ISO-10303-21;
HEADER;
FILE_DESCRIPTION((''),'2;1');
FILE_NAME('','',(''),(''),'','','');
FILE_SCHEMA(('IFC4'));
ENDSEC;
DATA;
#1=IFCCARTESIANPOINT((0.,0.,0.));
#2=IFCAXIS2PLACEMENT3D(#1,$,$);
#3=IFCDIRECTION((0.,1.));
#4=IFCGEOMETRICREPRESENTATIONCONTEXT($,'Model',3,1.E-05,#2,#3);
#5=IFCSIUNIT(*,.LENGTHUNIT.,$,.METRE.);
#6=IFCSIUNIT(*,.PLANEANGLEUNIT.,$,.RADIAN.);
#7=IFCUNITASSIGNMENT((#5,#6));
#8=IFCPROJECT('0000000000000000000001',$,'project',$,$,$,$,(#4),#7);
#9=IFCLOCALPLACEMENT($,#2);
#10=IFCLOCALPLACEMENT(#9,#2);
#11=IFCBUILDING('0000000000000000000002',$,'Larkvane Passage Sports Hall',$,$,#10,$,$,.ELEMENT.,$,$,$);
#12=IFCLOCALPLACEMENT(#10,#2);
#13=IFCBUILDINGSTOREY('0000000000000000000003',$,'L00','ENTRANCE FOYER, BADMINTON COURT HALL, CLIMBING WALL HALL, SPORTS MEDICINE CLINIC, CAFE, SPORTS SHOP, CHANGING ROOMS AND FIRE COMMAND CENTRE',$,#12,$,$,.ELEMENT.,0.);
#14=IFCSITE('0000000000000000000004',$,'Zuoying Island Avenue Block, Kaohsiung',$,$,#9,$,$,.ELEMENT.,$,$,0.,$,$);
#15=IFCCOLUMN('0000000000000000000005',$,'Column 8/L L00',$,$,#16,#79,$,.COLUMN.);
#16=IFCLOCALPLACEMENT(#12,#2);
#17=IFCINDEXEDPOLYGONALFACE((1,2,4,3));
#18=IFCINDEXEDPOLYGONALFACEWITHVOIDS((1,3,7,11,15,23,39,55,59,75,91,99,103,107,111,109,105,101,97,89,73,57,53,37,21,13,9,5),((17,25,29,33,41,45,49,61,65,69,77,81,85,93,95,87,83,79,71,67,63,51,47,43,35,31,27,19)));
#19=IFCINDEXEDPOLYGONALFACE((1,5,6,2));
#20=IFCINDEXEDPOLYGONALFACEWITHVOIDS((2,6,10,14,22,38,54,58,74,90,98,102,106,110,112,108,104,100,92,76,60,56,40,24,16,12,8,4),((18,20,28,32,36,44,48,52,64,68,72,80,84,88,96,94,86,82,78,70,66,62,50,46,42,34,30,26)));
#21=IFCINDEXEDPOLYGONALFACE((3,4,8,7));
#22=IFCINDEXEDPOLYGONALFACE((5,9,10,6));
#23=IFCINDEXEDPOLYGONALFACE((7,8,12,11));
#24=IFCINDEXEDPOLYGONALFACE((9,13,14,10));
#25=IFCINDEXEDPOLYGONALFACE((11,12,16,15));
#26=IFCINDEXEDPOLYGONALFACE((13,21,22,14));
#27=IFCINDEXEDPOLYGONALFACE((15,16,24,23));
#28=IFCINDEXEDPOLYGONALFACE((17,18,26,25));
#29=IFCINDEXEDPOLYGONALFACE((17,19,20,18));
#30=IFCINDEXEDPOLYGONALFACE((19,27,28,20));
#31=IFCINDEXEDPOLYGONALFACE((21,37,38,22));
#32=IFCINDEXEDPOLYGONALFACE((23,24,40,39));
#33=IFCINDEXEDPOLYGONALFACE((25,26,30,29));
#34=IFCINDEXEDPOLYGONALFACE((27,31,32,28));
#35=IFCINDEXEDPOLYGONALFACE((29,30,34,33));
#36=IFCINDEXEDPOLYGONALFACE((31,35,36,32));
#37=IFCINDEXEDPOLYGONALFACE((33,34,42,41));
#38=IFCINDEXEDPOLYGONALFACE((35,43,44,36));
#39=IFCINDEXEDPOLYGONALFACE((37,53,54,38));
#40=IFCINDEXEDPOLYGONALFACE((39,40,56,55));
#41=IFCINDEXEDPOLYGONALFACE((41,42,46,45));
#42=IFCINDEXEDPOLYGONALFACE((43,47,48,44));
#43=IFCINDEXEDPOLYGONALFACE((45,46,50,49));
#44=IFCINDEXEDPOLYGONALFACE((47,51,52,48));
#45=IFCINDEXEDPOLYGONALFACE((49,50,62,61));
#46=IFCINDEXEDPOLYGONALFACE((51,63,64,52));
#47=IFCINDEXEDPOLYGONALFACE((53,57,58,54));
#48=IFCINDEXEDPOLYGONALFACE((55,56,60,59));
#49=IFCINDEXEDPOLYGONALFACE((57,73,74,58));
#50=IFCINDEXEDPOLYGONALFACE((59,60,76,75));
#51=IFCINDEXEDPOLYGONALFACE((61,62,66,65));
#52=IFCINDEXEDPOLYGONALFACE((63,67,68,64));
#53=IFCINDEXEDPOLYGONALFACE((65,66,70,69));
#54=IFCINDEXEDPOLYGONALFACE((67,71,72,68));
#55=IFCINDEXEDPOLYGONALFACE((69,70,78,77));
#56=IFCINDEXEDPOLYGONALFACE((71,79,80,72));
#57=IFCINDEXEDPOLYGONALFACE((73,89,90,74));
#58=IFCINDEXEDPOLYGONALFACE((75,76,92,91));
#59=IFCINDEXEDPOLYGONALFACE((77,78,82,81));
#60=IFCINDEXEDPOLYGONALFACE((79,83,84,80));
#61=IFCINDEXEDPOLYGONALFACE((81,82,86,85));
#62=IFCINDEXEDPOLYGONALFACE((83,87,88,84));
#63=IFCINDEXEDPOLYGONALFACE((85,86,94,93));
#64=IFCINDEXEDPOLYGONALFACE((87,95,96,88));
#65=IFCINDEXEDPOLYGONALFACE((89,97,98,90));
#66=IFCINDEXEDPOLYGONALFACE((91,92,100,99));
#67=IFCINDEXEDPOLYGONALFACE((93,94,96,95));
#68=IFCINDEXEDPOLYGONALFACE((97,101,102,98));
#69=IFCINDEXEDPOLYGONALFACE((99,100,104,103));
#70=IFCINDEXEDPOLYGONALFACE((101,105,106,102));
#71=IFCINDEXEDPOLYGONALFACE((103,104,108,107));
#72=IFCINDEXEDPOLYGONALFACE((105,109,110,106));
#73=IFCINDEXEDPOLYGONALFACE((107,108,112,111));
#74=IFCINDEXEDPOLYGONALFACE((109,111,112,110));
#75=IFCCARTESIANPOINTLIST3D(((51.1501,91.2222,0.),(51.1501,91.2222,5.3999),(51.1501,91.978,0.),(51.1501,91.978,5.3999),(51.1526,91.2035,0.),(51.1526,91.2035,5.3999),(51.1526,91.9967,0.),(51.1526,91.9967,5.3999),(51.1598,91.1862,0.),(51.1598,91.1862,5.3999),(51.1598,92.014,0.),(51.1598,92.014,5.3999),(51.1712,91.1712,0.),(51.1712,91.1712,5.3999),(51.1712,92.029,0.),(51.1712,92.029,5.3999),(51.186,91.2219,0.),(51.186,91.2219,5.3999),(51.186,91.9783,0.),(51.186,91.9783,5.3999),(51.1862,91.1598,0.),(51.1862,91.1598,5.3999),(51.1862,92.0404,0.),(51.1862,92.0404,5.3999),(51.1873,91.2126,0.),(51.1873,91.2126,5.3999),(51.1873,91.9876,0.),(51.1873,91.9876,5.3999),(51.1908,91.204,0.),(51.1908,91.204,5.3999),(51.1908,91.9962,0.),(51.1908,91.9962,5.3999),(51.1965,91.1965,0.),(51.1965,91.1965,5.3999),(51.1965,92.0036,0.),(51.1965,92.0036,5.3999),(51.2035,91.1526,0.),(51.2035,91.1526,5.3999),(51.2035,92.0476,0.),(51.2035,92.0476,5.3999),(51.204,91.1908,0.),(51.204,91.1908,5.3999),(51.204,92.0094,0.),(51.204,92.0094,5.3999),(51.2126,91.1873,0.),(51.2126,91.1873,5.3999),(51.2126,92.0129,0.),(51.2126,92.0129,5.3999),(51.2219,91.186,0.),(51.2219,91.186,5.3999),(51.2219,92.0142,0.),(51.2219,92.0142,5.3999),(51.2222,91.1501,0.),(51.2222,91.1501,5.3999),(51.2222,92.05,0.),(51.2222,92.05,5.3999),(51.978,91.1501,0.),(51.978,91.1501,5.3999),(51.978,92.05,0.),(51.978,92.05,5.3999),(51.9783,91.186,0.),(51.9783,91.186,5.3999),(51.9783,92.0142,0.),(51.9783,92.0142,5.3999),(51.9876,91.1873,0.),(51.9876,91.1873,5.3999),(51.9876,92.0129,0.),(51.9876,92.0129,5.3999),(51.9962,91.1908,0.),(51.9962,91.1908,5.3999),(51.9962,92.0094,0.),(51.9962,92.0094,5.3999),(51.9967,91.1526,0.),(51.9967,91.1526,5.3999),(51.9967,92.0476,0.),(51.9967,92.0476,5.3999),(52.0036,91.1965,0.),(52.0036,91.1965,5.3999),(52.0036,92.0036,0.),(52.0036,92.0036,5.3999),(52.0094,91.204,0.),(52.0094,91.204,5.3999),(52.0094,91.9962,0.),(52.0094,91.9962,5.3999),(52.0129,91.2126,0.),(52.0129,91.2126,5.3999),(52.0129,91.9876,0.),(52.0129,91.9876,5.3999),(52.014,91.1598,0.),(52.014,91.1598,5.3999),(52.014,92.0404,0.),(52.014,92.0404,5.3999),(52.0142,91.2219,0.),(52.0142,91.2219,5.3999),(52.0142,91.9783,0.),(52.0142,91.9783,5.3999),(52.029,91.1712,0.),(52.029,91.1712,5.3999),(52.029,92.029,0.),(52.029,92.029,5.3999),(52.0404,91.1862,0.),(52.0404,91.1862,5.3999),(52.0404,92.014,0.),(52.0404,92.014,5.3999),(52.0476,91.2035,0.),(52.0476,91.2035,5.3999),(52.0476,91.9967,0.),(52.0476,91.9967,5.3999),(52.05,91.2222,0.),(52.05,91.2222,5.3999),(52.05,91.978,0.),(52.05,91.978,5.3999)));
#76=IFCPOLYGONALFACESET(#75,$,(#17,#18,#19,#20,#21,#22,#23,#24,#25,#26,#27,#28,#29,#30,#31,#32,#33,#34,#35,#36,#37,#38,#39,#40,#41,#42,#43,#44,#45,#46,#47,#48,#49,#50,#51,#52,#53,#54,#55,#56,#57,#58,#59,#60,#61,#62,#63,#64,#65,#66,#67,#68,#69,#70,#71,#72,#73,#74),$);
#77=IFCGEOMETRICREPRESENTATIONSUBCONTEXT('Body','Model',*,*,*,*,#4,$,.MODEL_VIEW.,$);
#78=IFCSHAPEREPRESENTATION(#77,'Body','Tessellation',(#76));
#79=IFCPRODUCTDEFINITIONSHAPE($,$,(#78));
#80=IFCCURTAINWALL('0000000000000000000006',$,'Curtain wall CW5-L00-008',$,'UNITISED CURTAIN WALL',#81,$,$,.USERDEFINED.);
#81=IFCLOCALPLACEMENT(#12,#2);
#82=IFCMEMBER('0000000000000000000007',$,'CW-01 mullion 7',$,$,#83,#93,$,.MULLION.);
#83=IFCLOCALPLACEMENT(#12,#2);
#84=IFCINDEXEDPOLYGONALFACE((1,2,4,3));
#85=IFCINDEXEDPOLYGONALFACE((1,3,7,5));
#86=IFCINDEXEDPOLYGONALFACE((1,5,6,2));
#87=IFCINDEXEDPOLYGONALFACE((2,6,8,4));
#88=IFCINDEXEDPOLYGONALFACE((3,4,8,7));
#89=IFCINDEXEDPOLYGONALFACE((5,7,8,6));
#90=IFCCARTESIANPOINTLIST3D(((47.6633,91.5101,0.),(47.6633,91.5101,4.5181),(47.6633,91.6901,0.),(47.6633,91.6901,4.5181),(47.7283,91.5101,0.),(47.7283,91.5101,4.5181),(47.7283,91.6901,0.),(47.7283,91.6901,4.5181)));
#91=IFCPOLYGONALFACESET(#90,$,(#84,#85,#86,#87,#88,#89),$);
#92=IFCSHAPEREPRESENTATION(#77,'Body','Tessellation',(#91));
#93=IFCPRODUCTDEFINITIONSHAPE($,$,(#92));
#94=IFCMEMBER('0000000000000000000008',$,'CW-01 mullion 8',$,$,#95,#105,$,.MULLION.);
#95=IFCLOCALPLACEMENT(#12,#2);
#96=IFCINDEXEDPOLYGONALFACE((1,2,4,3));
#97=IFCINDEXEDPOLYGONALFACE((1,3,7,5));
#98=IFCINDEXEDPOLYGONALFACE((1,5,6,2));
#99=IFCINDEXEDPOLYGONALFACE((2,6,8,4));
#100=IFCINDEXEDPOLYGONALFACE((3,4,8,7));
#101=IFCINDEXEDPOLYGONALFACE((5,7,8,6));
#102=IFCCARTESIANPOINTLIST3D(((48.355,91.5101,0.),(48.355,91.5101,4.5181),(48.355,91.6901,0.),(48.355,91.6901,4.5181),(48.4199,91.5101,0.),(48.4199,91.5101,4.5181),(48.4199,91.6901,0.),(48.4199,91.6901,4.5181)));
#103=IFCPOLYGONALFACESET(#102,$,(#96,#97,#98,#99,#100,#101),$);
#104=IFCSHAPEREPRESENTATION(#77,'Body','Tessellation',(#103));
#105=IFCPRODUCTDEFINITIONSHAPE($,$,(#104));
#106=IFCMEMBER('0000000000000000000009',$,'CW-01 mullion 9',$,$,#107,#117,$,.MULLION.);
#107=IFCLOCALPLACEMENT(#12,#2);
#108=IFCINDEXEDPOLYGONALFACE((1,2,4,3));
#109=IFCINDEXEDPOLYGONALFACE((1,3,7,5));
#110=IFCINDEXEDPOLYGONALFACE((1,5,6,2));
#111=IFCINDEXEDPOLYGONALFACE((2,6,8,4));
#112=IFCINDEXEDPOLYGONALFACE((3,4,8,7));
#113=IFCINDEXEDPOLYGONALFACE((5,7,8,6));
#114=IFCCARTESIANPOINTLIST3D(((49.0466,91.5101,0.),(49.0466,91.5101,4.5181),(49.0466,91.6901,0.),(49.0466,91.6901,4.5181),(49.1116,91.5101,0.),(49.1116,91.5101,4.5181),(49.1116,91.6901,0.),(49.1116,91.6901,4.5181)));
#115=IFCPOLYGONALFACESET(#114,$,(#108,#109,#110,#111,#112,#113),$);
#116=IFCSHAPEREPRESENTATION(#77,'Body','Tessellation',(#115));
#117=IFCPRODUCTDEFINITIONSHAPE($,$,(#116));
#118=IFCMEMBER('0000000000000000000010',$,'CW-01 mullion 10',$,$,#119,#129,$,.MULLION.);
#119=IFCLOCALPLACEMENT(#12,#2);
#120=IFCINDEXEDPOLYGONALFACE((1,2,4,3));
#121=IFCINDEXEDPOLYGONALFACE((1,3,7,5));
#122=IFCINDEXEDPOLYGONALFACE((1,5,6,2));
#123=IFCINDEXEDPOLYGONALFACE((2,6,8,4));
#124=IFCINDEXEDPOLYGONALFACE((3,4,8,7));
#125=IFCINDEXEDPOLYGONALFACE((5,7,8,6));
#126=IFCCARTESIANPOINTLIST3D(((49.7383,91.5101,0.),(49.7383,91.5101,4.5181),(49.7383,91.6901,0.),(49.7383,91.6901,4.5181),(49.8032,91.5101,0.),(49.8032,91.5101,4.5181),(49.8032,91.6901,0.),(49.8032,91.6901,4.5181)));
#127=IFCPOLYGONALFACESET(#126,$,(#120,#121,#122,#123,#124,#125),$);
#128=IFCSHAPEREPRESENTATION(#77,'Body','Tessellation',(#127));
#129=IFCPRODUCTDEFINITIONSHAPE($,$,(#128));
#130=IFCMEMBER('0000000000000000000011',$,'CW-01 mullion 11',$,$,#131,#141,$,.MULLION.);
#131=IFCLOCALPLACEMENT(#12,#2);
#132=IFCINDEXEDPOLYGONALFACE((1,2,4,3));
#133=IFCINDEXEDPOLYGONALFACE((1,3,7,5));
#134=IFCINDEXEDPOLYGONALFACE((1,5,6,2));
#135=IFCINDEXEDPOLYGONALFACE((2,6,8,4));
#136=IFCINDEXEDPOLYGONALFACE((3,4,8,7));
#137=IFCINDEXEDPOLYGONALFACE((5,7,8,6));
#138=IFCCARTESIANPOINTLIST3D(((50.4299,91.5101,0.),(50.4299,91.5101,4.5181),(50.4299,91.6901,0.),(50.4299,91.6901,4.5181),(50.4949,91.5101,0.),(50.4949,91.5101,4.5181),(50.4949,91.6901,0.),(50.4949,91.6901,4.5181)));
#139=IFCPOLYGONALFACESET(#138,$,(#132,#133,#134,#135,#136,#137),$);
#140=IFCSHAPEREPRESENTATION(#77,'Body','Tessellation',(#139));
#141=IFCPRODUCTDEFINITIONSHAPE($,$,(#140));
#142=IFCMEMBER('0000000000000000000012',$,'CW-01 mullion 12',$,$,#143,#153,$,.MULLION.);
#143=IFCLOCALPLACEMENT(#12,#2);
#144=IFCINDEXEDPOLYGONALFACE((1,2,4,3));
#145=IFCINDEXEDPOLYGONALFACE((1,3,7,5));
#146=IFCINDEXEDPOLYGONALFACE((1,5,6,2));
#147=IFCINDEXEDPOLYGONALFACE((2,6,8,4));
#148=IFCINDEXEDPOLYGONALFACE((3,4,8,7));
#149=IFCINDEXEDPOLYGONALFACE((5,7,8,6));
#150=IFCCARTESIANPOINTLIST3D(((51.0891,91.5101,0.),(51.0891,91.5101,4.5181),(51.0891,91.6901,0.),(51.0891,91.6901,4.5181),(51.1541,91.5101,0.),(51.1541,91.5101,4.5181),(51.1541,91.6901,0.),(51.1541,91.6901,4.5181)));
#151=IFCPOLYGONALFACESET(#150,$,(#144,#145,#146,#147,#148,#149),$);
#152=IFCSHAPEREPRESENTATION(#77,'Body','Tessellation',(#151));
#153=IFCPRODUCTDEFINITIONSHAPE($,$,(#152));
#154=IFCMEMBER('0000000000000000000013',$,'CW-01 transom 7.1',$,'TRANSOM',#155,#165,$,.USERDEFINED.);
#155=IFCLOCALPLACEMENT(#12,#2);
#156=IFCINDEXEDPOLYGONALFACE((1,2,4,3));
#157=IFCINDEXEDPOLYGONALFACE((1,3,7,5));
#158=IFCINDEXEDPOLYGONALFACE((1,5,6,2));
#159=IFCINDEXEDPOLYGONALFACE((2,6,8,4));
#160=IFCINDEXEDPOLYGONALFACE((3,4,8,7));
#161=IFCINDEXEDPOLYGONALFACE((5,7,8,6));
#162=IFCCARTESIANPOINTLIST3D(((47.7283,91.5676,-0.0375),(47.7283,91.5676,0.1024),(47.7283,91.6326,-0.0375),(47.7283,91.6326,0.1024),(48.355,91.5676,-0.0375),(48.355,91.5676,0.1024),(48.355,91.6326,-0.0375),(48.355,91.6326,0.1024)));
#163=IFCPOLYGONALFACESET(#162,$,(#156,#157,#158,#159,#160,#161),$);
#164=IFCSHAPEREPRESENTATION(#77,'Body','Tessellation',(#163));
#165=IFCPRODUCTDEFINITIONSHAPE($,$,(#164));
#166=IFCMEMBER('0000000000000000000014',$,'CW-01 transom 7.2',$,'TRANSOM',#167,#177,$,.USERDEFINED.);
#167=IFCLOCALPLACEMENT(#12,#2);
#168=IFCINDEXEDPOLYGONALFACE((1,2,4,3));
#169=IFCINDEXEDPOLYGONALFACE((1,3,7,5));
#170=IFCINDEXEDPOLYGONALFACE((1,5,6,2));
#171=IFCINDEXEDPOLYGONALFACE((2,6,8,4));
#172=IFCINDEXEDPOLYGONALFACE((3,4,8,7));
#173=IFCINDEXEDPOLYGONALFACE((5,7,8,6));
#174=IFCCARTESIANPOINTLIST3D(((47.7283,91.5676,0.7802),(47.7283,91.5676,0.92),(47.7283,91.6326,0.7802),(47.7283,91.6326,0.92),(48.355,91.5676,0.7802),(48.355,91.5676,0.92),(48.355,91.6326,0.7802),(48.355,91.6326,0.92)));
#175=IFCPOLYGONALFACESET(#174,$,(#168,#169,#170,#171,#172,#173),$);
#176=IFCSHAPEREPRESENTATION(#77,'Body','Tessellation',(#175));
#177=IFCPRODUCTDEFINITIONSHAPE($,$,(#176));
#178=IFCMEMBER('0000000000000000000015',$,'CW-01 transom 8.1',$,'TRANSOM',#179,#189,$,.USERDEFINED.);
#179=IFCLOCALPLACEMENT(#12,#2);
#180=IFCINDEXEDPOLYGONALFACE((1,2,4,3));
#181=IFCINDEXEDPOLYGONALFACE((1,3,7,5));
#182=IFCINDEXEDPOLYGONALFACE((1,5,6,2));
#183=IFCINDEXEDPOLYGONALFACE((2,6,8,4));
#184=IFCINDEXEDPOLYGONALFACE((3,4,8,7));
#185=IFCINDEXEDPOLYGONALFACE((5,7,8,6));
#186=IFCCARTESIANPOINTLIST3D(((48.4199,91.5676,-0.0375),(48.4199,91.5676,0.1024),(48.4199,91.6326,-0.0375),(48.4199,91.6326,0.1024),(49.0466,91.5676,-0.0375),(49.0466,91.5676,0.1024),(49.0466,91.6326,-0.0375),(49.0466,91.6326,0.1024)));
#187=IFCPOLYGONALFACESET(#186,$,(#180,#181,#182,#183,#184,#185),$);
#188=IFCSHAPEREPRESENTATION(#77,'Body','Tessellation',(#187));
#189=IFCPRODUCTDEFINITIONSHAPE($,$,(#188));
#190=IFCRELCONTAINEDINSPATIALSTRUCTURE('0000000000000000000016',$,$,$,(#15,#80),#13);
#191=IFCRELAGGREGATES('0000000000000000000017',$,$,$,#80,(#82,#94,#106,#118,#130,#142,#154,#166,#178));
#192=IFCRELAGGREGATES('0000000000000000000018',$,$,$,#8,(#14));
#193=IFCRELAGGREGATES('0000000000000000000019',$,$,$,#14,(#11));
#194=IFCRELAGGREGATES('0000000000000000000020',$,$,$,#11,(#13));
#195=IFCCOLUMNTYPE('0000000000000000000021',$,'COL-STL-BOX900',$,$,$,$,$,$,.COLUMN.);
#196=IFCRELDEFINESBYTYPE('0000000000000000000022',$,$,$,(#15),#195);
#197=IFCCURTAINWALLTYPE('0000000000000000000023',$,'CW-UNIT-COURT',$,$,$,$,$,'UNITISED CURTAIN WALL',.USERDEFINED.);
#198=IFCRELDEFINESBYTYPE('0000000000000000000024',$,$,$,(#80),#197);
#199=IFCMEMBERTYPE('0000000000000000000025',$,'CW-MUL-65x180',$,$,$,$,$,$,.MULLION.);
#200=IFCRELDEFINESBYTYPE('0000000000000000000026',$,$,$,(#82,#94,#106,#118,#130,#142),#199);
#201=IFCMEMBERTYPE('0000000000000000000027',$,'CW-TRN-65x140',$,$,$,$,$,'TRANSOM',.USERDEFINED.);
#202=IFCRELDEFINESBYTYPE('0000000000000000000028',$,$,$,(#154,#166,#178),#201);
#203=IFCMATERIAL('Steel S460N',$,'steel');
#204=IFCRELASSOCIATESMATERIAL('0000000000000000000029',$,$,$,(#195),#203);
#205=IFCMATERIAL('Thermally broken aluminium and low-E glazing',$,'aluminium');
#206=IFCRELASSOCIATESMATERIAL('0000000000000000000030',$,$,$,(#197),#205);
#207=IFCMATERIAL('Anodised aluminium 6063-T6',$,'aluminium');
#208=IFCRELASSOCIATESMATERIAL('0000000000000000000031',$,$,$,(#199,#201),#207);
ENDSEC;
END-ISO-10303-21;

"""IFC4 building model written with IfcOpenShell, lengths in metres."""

from ifc_helpers import new_model, si_unit, direction, frame, origin, origin_2d, place, context, subcontext, project, spatial, rectangle, hollow_rectangle, extrude, material, material_profile, profile_set, type_object, element, aggregate, save


model = new_model("IFC4")

# Units and contexts
model_context = context("Model", 3, precision=1e-05, world=origin(), true_north=direction((0.0, 1.0)))
body_context = subcontext(model_context, "Body", "Model", "MODEL_VIEW")
ifc_project = project(units=[si_unit("LENGTHUNIT", "METRE"), si_unit("PLANEANGLEUNIT", "RADIAN")], contexts=[model_context])

# Site, building, storey
site_placement = place(None, origin())
site = spatial("IfcSite", under=ifc_project, at=site_placement, Name="Zuoying Island Avenue Block, Kaohsiung", CompositionType="ELEMENT", RefElevation=0.0)
building_placement = place(site_placement, origin())
building = spatial("IfcBuilding", under=site, at=building_placement, Name="Larkvane Passage Sports Hall", CompositionType="ELEMENT")
storey_placement = place(building_placement, origin())
storey = spatial("IfcBuildingStorey", under=building, at=storey_placement, Name="L00", Description="ENTRANCE FOYER, BADMINTON COURT HALL, CLIMBING WALL HALL, SPORTS MEDICINE CLINIC, CAFE, SPORTS SHOP, CHANGING ROOMS AND FIRE COMMAND CENTRE", CompositionType="ELEMENT", Elevation=0.0)

# Column
ifc_material_1 = material(Name="Steel S460N", Category="steel")
ifc_material_profile_1 = material_profile(ifc_material_1, hollow_rectangle(XDim=0.8999, YDim=0.8999, WallThickness=0.0359, InnerFilletRadius=0.0359, OuterFilletRadius=0.072, at=origin_2d()), Name="BOX-900x900x36")
ifc_profile_set_1 = profile_set([ifc_material_profile_1], Name="Steel S460N")
column_type = type_object("IfcColumnType", Name="COL-STL-BOX900", PredefinedType="COLUMN", material=ifc_profile_set_1)
column_placement = place(storey_placement, frame((51.6001, 91.6001, 0.0), z_axis=(0.0, 0.0, 1.0), x_axis=(1.0, 0.0, 0.0)))
element("IfcColumn", 1, at=column_placement, inside=storey, type_object=column_type, Name="Column 8/L L00", PredefinedType="COLUMN", context=body_context, shape_type="SweptSolid", body=[
    extrude(hollow_rectangle(XDim=0.8999, YDim=0.8999, WallThickness=0.0359, InnerFilletRadius=0.0359, OuterFilletRadius=0.072, at=origin_2d()), origin(), (0.0, 0.0, 1.0), 5.3999),
])

# Curtain wall, members
ifc_material_2 = material(Name="Thermally broken aluminium and low-E glazing", Category="aluminium")
curtain_wall_type = type_object("IfcCurtainWallType", Name="CW-UNIT-COURT", ElementType="UNITISED CURTAIN WALL", PredefinedType="USERDEFINED", material=ifc_material_2)
curtain_wall_placement = place(storey_placement, origin())
curtain_wall = element("IfcCurtainWall", 2, at=curtain_wall_placement, inside=storey, type_object=curtain_wall_type, Name="Curtain wall CW5-L00-008", ObjectType="UNITISED CURTAIN WALL", PredefinedType="USERDEFINED")
ifc_material_3 = material(Name="Anodised aluminium 6063-T6", Category="aluminium")
ifc_material_profile_2 = material_profile(ifc_material_3, rectangle(XDim=0.0649, YDim=0.1799, at=origin_2d()), Name="ALU-MUL-65x180")
ifc_profile_set_2 = profile_set([ifc_material_profile_2], Name="Anodised aluminium 6063-T6")
member_type_1 = type_object("IfcMemberType", Name="CW-MUL-65x180", PredefinedType="MULLION", material=ifc_profile_set_2)
member_1_placement = place(storey_placement, frame((47.6958, 91.6001, 0.0), z_axis=(0.0, 0.0, 1.0), x_axis=(1.0, 0.0, 0.0)))
member_1 = element("IfcMember", 3, at=member_1_placement, type_object=member_type_1, Name="CW-01 mullion 7", PredefinedType="MULLION", context=body_context, shape_type="SweptSolid", body=[
    extrude(rectangle(XDim=0.0649, YDim=0.1799, at=origin_2d()), origin(), (0.0, 0.0, 1.0), 4.5181),
])
member_2_placement = place(storey_placement, frame((48.3875, 91.6001, 0.0), z_axis=(0.0, 0.0, 1.0), x_axis=(1.0, 0.0, 0.0)))
member_2 = element("IfcMember", 4, at=member_2_placement, type_object=member_type_1, Name="CW-01 mullion 8", PredefinedType="MULLION", context=body_context, shape_type="SweptSolid", body=[
    extrude(rectangle(XDim=0.0649, YDim=0.1799, at=origin_2d()), origin(), (0.0, 0.0, 1.0), 4.5181),
])
member_3_placement = place(storey_placement, frame((49.0791, 91.6001, 0.0), z_axis=(0.0, 0.0, 1.0), x_axis=(1.0, 0.0, 0.0)))
member_3 = element("IfcMember", 5, at=member_3_placement, type_object=member_type_1, Name="CW-01 mullion 9", PredefinedType="MULLION", context=body_context, shape_type="SweptSolid", body=[
    extrude(rectangle(XDim=0.0649, YDim=0.1799, at=origin_2d()), origin(), (0.0, 0.0, 1.0), 4.5181),
])
member_4_placement = place(storey_placement, frame((49.7708, 91.6001, 0.0), z_axis=(0.0, 0.0, 1.0), x_axis=(1.0, 0.0, 0.0)))
member_4 = element("IfcMember", 6, at=member_4_placement, type_object=member_type_1, Name="CW-01 mullion 10", PredefinedType="MULLION", context=body_context, shape_type="SweptSolid", body=[
    extrude(rectangle(XDim=0.0649, YDim=0.1799, at=origin_2d()), origin(), (0.0, 0.0, 1.0), 4.5181),
])
member_5_placement = place(storey_placement, frame((50.4624, 91.6001, 0.0), z_axis=(0.0, 0.0, 1.0), x_axis=(1.0, 0.0, 0.0)))
member_5 = element("IfcMember", 7, at=member_5_placement, type_object=member_type_1, Name="CW-01 mullion 11", PredefinedType="MULLION", context=body_context, shape_type="SweptSolid", body=[
    extrude(rectangle(XDim=0.0649, YDim=0.1799, at=origin_2d()), origin(), (0.0, 0.0, 1.0), 4.5181),
])
member_6_placement = place(storey_placement, frame((51.1216, 91.6001, 0.0), z_axis=(0.0, 0.0, 1.0), x_axis=(1.0, 0.0, 0.0)))
member_6 = element("IfcMember", 8, at=member_6_placement, type_object=member_type_1, Name="CW-01 mullion 12", PredefinedType="MULLION", context=body_context, shape_type="SweptSolid", body=[
    extrude(rectangle(XDim=0.0649, YDim=0.1799, at=origin_2d()), origin(), (0.0, 0.0, 1.0), 4.5181),
])
ifc_material_profile_3 = material_profile(ifc_material_3, rectangle(XDim=0.0649, YDim=0.1399, at=origin_2d()), Name="ALU-TRN-65x140")
ifc_profile_set_3 = profile_set([ifc_material_profile_3], Name="Anodised aluminium 6063-T6")
member_type_2 = type_object("IfcMemberType", Name="CW-TRN-65x140", ElementType="TRANSOM", PredefinedType="USERDEFINED", material=ifc_profile_set_3)
member_7_placement = place(storey_placement, frame((47.7283, 91.6001, 0.0325), z_axis=(1.0, 0.0, 0.0), x_axis=(0.0, 1.0, 0.0)))
member_7 = element("IfcMember", 9, at=member_7_placement, type_object=member_type_2, Name="CW-01 transom 7.1", ObjectType="TRANSOM", PredefinedType="USERDEFINED", context=body_context, shape_type="SweptSolid", body=[
    extrude(rectangle(XDim=0.0649, YDim=0.1399, at=origin_2d()), origin(), (0.0, 0.0, 1.0), 0.6267),
])
member_8_placement = place(storey_placement, frame((47.7283, 91.6001, 0.8501), z_axis=(1.0, 0.0, 0.0), x_axis=(0.0, 1.0, 0.0)))
member_8 = element("IfcMember", 10, at=member_8_placement, type_object=member_type_2, Name="CW-01 transom 7.2", ObjectType="TRANSOM", PredefinedType="USERDEFINED", context=body_context, shape_type="SweptSolid", body=[
    extrude(rectangle(XDim=0.0649, YDim=0.1399, at=origin_2d()), origin(), (0.0, 0.0, 1.0), 0.6267),
])
member_9_placement = place(storey_placement, frame((48.4199, 91.6001, 0.0325), z_axis=(1.0, 0.0, 0.0), x_axis=(0.0, 1.0, 0.0)))
member_9 = element("IfcMember", 11, at=member_9_placement, type_object=member_type_2, Name="CW-01 transom 8.1", ObjectType="TRANSOM", PredefinedType="USERDEFINED", context=body_context, shape_type="SweptSolid", body=[
    extrude(rectangle(XDim=0.0649, YDim=0.1399, at=origin_2d()), origin(), (0.0, 0.0, 1.0), 0.6267),
])
aggregate(curtain_wall, [member_1, member_2, member_3, member_4, member_5, member_6, member_7, member_8, member_9])

save(model, "model.ifc")
